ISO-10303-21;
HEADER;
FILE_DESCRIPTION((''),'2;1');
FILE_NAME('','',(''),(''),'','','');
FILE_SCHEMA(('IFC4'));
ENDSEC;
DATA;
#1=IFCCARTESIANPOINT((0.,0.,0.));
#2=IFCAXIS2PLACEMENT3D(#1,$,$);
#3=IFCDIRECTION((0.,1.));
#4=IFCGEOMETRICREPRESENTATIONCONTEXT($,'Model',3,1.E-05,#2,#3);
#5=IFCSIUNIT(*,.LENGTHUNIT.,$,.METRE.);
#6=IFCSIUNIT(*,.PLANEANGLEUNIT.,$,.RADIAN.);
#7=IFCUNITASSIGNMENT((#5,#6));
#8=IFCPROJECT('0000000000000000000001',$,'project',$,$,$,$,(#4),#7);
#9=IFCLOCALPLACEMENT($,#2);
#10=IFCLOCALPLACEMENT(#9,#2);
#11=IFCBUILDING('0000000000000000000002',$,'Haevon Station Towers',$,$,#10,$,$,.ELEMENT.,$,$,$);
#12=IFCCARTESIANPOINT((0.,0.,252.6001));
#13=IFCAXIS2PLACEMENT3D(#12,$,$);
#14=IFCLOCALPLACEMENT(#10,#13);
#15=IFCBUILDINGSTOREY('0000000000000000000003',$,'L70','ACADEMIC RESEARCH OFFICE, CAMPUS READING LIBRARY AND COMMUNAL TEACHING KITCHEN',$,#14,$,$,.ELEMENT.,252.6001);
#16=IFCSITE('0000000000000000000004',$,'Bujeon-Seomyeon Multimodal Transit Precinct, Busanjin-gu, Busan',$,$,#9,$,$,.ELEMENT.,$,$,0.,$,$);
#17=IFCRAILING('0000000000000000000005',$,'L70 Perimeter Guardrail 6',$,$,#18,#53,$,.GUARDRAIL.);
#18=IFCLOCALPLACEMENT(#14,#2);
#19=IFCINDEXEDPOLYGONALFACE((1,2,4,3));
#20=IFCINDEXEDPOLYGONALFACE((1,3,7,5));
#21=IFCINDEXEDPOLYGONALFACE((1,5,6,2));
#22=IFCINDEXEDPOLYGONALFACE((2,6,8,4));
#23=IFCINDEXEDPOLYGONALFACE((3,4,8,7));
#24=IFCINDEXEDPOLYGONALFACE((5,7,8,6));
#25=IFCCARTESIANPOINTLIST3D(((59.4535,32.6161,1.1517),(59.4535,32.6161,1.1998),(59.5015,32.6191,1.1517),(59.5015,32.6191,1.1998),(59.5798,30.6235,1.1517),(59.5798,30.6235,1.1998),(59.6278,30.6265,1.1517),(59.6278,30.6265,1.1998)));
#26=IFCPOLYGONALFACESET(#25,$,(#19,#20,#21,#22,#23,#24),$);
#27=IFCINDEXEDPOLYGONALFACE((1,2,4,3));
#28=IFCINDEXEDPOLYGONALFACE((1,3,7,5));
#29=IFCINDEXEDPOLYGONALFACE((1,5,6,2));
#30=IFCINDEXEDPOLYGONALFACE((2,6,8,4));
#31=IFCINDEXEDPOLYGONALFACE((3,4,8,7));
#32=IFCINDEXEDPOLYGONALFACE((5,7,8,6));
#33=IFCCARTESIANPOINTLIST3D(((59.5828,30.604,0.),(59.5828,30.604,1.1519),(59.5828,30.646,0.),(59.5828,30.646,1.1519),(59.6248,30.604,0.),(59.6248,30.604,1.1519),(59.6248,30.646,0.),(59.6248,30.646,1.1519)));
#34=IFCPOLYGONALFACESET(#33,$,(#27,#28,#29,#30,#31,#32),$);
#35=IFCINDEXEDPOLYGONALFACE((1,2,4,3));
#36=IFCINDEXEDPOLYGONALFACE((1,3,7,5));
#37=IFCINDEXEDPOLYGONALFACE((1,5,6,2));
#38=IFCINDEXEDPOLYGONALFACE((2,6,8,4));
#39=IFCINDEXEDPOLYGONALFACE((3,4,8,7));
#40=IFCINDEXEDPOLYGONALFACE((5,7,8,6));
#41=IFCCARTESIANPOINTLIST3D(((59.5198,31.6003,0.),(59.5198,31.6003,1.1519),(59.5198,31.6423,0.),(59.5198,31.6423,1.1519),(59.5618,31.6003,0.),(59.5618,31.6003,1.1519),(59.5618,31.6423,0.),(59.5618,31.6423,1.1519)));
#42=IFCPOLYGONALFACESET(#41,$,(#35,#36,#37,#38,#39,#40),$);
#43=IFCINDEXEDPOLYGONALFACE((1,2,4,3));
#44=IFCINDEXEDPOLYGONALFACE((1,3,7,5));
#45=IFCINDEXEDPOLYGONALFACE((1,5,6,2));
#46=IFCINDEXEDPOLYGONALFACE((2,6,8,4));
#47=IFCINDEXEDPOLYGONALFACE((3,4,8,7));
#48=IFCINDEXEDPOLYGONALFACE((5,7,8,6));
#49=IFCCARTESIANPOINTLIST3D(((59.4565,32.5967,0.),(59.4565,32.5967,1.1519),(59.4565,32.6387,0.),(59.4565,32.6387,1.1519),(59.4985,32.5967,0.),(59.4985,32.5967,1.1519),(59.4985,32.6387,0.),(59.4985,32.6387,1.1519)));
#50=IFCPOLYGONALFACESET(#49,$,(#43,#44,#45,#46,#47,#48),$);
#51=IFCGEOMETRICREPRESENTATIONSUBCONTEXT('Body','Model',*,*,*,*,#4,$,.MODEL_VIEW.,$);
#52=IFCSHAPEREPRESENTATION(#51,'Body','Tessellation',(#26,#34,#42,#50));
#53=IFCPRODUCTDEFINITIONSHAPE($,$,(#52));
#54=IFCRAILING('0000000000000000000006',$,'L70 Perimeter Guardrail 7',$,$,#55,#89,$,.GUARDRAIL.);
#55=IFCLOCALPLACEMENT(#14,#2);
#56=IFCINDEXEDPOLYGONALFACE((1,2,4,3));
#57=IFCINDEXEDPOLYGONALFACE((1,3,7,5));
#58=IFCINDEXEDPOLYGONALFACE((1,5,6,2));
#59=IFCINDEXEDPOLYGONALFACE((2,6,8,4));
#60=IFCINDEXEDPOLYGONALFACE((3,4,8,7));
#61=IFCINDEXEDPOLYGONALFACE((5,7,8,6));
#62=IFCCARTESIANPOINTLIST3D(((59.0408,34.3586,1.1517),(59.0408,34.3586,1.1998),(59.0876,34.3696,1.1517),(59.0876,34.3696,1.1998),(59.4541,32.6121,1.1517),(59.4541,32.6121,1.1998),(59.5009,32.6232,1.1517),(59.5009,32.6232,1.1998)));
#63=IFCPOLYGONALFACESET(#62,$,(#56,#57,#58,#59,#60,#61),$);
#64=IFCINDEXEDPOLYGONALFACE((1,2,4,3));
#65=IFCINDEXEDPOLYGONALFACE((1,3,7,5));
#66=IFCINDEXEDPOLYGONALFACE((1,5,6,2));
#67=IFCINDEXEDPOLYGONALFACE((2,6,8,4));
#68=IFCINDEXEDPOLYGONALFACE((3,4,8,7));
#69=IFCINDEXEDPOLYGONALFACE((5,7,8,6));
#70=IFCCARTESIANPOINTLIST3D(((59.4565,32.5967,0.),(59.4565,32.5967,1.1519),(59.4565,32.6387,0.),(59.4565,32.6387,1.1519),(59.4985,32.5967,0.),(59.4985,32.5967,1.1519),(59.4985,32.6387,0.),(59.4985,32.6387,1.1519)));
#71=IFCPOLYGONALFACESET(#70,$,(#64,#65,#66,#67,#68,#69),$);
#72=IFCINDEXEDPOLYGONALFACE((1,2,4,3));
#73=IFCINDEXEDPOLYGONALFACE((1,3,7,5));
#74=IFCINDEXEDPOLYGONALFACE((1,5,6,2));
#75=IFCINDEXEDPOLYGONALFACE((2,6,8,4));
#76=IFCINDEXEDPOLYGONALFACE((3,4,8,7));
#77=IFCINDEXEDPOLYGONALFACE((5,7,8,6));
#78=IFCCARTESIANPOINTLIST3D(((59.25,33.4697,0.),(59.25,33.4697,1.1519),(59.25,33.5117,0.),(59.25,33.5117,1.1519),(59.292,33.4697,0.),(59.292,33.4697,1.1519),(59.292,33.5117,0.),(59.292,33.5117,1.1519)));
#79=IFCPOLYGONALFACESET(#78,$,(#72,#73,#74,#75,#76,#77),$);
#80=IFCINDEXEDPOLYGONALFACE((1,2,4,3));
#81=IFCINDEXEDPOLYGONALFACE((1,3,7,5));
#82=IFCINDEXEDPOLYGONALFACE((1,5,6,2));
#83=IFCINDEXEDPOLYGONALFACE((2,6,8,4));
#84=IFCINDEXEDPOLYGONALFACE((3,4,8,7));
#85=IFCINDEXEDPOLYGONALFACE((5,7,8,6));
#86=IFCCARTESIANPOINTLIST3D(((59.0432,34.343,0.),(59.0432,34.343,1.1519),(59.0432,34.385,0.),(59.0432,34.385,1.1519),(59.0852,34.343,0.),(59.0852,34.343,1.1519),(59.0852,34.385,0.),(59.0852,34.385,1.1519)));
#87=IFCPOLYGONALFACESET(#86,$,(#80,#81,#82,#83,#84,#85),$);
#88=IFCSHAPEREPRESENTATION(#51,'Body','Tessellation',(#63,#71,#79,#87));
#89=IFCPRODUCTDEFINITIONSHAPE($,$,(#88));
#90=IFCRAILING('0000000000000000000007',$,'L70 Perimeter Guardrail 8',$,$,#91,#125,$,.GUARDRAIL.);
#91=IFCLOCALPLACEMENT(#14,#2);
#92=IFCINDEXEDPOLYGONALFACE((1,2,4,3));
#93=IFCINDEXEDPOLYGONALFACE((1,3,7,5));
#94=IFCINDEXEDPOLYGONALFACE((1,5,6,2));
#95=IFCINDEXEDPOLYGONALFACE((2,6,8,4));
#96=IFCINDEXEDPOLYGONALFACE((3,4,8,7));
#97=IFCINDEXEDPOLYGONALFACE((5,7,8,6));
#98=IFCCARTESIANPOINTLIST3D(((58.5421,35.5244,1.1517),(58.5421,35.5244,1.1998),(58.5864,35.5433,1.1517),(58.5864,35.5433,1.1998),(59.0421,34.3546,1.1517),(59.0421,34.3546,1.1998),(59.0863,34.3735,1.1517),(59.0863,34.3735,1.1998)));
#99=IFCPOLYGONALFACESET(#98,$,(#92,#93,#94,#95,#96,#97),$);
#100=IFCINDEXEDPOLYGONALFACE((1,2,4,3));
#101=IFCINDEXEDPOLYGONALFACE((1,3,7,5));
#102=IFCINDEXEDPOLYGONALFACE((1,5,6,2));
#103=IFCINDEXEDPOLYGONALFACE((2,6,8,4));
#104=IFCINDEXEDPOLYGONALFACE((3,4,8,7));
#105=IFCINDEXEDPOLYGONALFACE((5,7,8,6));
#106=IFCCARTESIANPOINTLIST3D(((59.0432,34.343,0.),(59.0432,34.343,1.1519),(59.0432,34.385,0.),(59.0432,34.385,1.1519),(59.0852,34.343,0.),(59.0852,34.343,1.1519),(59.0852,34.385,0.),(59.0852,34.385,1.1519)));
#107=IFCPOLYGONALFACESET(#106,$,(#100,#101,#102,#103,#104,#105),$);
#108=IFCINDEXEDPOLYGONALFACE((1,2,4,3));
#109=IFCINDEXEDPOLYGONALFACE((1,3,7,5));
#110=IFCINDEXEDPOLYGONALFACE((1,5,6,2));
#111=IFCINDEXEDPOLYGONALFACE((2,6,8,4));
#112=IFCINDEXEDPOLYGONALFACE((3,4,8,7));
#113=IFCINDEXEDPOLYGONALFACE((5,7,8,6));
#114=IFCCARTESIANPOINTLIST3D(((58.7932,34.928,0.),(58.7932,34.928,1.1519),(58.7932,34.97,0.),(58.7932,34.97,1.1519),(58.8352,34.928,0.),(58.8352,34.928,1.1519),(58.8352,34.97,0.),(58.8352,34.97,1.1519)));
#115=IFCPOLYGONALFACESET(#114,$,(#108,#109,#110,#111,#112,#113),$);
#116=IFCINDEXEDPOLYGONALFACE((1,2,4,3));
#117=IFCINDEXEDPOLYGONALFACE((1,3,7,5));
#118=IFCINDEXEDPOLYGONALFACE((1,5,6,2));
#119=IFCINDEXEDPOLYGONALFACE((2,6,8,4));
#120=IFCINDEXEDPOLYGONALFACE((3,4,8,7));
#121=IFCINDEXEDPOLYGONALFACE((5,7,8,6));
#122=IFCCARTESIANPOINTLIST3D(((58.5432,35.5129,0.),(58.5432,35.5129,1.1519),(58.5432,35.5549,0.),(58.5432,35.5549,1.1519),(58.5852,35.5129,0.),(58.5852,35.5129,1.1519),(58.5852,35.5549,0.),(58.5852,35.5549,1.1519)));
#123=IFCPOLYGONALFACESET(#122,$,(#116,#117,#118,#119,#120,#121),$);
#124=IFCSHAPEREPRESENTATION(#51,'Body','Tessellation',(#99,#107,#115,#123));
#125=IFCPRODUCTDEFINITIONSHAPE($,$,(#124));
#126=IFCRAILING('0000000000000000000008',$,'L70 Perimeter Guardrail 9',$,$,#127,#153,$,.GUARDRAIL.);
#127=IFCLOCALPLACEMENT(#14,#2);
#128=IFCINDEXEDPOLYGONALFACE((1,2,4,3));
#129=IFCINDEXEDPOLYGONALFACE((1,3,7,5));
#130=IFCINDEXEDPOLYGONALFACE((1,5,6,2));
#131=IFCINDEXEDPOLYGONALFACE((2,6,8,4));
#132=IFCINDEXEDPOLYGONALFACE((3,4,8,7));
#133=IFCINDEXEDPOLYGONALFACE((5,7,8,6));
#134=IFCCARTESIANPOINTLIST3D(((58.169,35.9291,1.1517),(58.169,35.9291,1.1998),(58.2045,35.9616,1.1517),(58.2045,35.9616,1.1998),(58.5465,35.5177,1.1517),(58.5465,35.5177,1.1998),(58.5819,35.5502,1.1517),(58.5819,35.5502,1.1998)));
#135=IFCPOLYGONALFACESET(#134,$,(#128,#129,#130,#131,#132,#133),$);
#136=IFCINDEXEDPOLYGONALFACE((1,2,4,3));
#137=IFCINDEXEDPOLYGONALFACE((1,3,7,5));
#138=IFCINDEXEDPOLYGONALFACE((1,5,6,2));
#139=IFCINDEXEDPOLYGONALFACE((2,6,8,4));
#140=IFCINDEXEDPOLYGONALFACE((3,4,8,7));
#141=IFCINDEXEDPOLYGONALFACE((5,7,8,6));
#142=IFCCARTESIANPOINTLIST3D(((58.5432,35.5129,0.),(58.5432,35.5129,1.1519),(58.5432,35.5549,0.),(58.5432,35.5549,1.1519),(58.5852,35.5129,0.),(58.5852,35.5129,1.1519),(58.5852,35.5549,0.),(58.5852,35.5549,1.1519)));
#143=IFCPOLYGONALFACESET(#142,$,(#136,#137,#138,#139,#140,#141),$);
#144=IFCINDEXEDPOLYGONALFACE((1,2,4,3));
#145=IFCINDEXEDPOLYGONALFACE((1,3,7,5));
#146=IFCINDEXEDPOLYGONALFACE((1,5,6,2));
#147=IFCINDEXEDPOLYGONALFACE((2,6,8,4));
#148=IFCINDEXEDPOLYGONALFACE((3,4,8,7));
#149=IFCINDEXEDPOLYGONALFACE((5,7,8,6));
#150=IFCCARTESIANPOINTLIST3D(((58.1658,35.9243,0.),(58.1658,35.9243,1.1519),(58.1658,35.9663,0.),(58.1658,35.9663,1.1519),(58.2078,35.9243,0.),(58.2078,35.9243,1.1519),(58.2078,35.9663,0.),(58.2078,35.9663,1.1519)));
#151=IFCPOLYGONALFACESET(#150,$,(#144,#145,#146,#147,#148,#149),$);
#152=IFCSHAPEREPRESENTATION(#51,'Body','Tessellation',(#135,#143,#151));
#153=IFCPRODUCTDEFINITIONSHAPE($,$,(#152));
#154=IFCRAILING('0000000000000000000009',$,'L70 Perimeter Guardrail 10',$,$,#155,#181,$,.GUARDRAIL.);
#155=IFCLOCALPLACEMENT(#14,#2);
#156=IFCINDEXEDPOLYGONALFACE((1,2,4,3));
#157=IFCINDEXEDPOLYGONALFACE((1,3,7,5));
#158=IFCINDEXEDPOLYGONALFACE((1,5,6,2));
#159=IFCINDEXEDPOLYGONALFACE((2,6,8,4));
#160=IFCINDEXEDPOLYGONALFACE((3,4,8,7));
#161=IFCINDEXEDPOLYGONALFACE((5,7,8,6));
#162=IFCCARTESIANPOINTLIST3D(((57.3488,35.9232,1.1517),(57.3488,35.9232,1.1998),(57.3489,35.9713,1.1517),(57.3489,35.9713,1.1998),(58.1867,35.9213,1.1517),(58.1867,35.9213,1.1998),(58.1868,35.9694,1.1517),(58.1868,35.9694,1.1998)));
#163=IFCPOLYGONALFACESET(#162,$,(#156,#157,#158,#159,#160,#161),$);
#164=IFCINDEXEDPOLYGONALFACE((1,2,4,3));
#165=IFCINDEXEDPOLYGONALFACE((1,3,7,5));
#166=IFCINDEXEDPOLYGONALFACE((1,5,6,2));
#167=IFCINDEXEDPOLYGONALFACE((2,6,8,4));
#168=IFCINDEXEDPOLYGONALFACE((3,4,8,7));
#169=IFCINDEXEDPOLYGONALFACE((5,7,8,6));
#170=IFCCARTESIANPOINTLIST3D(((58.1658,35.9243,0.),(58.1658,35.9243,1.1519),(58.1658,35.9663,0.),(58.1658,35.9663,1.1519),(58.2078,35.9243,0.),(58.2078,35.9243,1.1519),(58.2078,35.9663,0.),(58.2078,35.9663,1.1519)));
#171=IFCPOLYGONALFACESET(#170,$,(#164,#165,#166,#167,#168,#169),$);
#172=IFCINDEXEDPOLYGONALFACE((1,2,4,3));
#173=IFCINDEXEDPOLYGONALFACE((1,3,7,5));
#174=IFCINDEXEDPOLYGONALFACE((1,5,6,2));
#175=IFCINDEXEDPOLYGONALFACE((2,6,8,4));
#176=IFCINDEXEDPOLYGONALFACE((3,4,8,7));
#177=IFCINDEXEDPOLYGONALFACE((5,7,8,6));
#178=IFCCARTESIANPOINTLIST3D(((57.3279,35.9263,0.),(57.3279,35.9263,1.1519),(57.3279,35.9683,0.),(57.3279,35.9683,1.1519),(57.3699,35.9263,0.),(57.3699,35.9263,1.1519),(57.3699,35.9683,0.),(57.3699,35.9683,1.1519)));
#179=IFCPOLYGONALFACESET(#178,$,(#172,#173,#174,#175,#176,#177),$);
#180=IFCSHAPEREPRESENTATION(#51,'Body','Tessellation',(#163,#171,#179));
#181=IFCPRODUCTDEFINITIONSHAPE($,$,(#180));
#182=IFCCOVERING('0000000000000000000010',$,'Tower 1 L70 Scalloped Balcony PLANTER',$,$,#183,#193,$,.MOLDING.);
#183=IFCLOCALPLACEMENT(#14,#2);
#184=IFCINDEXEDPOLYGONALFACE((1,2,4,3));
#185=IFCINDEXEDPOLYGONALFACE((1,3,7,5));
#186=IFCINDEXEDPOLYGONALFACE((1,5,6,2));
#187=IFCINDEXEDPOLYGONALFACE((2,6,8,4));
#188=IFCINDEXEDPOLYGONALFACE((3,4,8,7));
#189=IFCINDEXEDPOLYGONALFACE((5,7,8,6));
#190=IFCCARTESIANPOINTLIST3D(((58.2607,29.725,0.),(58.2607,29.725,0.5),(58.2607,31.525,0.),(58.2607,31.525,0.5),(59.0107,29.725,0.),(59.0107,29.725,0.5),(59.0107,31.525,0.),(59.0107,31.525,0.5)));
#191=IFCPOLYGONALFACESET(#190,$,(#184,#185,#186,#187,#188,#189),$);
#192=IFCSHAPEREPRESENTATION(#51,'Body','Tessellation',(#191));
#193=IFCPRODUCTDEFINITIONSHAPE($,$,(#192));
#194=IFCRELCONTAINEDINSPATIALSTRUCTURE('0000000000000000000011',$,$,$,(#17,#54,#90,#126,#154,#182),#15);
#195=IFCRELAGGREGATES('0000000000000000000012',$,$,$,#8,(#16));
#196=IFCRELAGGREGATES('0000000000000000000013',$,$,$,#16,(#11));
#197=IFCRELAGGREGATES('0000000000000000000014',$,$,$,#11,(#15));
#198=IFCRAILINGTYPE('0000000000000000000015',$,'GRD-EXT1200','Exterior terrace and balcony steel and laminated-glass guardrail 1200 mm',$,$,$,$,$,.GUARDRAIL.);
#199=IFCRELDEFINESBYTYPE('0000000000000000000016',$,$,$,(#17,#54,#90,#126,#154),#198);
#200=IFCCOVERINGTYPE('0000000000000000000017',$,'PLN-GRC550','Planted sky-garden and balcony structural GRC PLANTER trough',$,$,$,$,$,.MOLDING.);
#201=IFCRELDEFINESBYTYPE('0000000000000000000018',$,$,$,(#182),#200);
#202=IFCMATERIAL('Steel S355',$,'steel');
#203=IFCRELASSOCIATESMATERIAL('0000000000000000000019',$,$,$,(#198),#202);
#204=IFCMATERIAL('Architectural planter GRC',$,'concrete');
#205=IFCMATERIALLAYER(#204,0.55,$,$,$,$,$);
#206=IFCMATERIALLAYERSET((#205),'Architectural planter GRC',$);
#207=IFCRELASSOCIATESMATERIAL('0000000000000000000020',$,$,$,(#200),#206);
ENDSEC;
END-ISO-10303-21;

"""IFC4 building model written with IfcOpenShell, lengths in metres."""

from ifc_helpers import new_model, si_unit, direction, frame, origin, origin_2d, place, context, subcontext, project, spatial, rectangle, extrude, material, layer, layer_set, type_object, element, save


model = new_model("IFC4")

# Units and contexts
model_context = context("Model", 3, precision=1e-05, world=origin(), true_north=direction((0.0, 1.0)))
body_context = subcontext(model_context, "Body", "Model", "MODEL_VIEW")
ifc_project = project(units=[si_unit("LENGTHUNIT", "METRE"), si_unit("PLANEANGLEUNIT", "RADIAN")], contexts=[model_context])

# Site, building, storey
site_placement = place(None, origin())
site = spatial("IfcSite", under=ifc_project, at=site_placement, Name="Bujeon-Seomyeon Multimodal Transit Precinct, Busanjin-gu, Busan", CompositionType="ELEMENT", RefElevation=0.0)
building_placement = place(site_placement, origin())
building = spatial("IfcBuilding", under=site, at=building_placement, Name="Haevon Station Towers", CompositionType="ELEMENT")
storey_placement = place(building_placement, frame((0.0, 0.0, 252.6001)))
storey = spatial("IfcBuildingStorey", under=building, at=storey_placement, Name="L70", Description="ACADEMIC RESEARCH OFFICE, CAMPUS READING LIBRARY AND COMMUNAL TEACHING KITCHEN", CompositionType="ELEMENT", Elevation=252.6001)

# Shared definitions
ifc_material_1 = material(Name="Steel S355", Category="steel")

# Railings
railing_type = type_object("IfcRailingType", Name="GRD-EXT1200", Description="Exterior terrace and balcony steel and laminated-glass guardrail 1200 mm", PredefinedType="GUARDRAIL", material=ifc_material_1)
railing_1_placement = place(storey_placement, frame((59.6038, 30.625, 0.0)))
element("IfcRailing", 1, at=railing_1_placement, inside=storey, type_object=railing_type, Name="L70 Perimeter Guardrail 6", PredefinedType="GUARDRAIL", context=body_context, shape_type="SweptSolid", body=[
    extrude(rectangle(XDim=0.0481, YDim=0.0481, at=origin_2d()), frame((0.0, 0.0, 1.1758), z_axis=(-0.063216, 0.998, 0.0), x_axis=(-0.998, -0.063216, 0.0)), (0.0, 0.0, 1.0), 1.9966),
    extrude(rectangle(XDim=0.042, YDim=0.042, at=origin_2d()), origin(), (0.0, 0.0, 1.0), 1.1519),
    extrude(rectangle(XDim=0.042, YDim=0.042, at=origin_2d()), frame((-0.063, 0.9963, 0.0)), (0.0, 0.0, 1.0), 1.1519),
    extrude(rectangle(XDim=0.042, YDim=0.042, at=origin_2d()), frame((-0.1262, 1.9927, 0.0)), (0.0, 0.0, 1.0), 1.1519),
])
railing_2_placement = place(storey_placement, frame((59.4775, 32.6177, 0.0)))
element("IfcRailing", 2, at=railing_2_placement, inside=storey, type_object=railing_type, Name="L70 Perimeter Guardrail 7", PredefinedType="GUARDRAIL", context=body_context, shape_type="SweptSolid", body=[
    extrude(rectangle(XDim=0.0481, YDim=0.0481, at=origin_2d()), frame((0.0, 0.0, 1.1758), z_axis=(-0.230321, 0.973115, 0.0), x_axis=(-0.973115, -0.230321, 0.0)), (0.0, 0.0, 1.0), 1.7947),
    extrude(rectangle(XDim=0.042, YDim=0.042, at=origin_2d()), origin(), (0.0, 0.0, 1.0), 1.1519),
    extrude(rectangle(XDim=0.042, YDim=0.042, at=origin_2d()), frame((-0.2065, 0.873, 0.0)), (0.0, 0.0, 1.0), 1.1519),
    extrude(rectangle(XDim=0.042, YDim=0.042, at=origin_2d()), frame((-0.4133, 1.7463, 0.0)), (0.0, 0.0, 1.0), 1.1519),
])
railing_3_placement = place(storey_placement, frame((59.0642, 34.364, 0.0)))
element("IfcRailing", 3, at=railing_3_placement, inside=storey, type_object=railing_type, Name="L70 Perimeter Guardrail 8", PredefinedType="GUARDRAIL", context=body_context, shape_type="SweptSolid", body=[
    extrude(rectangle(XDim=0.0481, YDim=0.0481, at=origin_2d()), frame((0.0, 0.0, 1.1758), z_axis=(-0.392993, 0.919542, 0.0), x_axis=(-0.919542, -0.392993, 0.0)), (0.0, 0.0, 1.0), 1.2722),
    extrude(rectangle(XDim=0.042, YDim=0.042, at=origin_2d()), origin(), (0.0, 0.0, 1.0), 1.1519),
    extrude(rectangle(XDim=0.042, YDim=0.042, at=origin_2d()), frame((-0.25, 0.585, 0.0)), (0.0, 0.0, 1.0), 1.1519),
    extrude(rectangle(XDim=0.042, YDim=0.042, at=origin_2d()), frame((-0.5, 1.1699, 0.0)), (0.0, 0.0, 1.0), 1.1519),
])
railing_4_placement = place(storey_placement, frame((58.5642, 35.5339, 0.0)))
element("IfcRailing", 4, at=railing_4_placement, inside=storey, type_object=railing_type, Name="L70 Perimeter Guardrail 9", PredefinedType="GUARDRAIL", context=body_context, shape_type="SweptSolid", body=[
    extrude(rectangle(XDim=0.0481, YDim=0.0481, at=origin_2d()), frame((0.0, 0.0, 1.1758), z_axis=(-0.676061, 0.736845, 0.0), x_axis=(-0.736845, -0.676061, 0.0)), (0.0, 0.0, 1.0), 0.5583),
    extrude(rectangle(XDim=0.042, YDim=0.042, at=origin_2d()), origin(), (0.0, 0.0, 1.0), 1.1519),
    extrude(rectangle(XDim=0.042, YDim=0.042, at=origin_2d()), frame((-0.3774, 0.4114, 0.0)), (0.0, 0.0, 1.0), 1.1519),
])
railing_5_placement = place(storey_placement, frame((58.1868, 35.9453, 0.0)))
element("IfcRailing", 5, at=railing_5_placement, inside=storey, type_object=railing_type, Name="L70 Perimeter Guardrail 10", PredefinedType="GUARDRAIL", context=body_context, shape_type="SweptSolid", body=[
    extrude(rectangle(XDim=0.0481, YDim=0.0481, at=origin_2d()), frame((0.0, 0.0, 1.1758), z_axis=(-0.999997, 0.002331, 0.0), x_axis=(-0.002331, -0.999997, 0.0)), (0.0, 0.0, 1.0), 0.8379),
    extrude(rectangle(XDim=0.042, YDim=0.042, at=origin_2d()), origin(), (0.0, 0.0, 1.0), 1.1519),
    extrude(rectangle(XDim=0.042, YDim=0.042, at=origin_2d()), frame((-0.8379, 0.002, 0.0)), (0.0, 0.0, 1.0), 1.1519),
])

# Covering
ifc_material_2 = material(Name="Architectural planter GRC", Category="concrete")
ifc_layer_1 = layer(ifc_material_2, 0.55)
ifc_layer_set_1 = layer_set([ifc_layer_1], Name="Architectural planter GRC")
covering_type = type_object("IfcCoveringType", Name="PLN-GRC550", Description="Planted sky-garden and balcony structural GRC PLANTER trough", PredefinedType="MOLDING", material=ifc_layer_set_1)
covering_placement = place(storey_placement, frame((58.6357, 30.625, 0.0), z_axis=(0.0, 0.0, 1.0), x_axis=(1.0, 0.0, 0.0)))
element("IfcCovering", 6, at=covering_placement, inside=storey, type_object=covering_type, Name="Tower 1 L70 Scalloped Balcony PLANTER", PredefinedType="MOLDING", context=body_context, shape_type="SweptSolid", body=[
    extrude(rectangle(XDim=0.75, YDim=1.8, at=origin_2d()), origin(), (0.0, 0.0, 1.0), 0.5),
])

save(model, "model.ifc")
